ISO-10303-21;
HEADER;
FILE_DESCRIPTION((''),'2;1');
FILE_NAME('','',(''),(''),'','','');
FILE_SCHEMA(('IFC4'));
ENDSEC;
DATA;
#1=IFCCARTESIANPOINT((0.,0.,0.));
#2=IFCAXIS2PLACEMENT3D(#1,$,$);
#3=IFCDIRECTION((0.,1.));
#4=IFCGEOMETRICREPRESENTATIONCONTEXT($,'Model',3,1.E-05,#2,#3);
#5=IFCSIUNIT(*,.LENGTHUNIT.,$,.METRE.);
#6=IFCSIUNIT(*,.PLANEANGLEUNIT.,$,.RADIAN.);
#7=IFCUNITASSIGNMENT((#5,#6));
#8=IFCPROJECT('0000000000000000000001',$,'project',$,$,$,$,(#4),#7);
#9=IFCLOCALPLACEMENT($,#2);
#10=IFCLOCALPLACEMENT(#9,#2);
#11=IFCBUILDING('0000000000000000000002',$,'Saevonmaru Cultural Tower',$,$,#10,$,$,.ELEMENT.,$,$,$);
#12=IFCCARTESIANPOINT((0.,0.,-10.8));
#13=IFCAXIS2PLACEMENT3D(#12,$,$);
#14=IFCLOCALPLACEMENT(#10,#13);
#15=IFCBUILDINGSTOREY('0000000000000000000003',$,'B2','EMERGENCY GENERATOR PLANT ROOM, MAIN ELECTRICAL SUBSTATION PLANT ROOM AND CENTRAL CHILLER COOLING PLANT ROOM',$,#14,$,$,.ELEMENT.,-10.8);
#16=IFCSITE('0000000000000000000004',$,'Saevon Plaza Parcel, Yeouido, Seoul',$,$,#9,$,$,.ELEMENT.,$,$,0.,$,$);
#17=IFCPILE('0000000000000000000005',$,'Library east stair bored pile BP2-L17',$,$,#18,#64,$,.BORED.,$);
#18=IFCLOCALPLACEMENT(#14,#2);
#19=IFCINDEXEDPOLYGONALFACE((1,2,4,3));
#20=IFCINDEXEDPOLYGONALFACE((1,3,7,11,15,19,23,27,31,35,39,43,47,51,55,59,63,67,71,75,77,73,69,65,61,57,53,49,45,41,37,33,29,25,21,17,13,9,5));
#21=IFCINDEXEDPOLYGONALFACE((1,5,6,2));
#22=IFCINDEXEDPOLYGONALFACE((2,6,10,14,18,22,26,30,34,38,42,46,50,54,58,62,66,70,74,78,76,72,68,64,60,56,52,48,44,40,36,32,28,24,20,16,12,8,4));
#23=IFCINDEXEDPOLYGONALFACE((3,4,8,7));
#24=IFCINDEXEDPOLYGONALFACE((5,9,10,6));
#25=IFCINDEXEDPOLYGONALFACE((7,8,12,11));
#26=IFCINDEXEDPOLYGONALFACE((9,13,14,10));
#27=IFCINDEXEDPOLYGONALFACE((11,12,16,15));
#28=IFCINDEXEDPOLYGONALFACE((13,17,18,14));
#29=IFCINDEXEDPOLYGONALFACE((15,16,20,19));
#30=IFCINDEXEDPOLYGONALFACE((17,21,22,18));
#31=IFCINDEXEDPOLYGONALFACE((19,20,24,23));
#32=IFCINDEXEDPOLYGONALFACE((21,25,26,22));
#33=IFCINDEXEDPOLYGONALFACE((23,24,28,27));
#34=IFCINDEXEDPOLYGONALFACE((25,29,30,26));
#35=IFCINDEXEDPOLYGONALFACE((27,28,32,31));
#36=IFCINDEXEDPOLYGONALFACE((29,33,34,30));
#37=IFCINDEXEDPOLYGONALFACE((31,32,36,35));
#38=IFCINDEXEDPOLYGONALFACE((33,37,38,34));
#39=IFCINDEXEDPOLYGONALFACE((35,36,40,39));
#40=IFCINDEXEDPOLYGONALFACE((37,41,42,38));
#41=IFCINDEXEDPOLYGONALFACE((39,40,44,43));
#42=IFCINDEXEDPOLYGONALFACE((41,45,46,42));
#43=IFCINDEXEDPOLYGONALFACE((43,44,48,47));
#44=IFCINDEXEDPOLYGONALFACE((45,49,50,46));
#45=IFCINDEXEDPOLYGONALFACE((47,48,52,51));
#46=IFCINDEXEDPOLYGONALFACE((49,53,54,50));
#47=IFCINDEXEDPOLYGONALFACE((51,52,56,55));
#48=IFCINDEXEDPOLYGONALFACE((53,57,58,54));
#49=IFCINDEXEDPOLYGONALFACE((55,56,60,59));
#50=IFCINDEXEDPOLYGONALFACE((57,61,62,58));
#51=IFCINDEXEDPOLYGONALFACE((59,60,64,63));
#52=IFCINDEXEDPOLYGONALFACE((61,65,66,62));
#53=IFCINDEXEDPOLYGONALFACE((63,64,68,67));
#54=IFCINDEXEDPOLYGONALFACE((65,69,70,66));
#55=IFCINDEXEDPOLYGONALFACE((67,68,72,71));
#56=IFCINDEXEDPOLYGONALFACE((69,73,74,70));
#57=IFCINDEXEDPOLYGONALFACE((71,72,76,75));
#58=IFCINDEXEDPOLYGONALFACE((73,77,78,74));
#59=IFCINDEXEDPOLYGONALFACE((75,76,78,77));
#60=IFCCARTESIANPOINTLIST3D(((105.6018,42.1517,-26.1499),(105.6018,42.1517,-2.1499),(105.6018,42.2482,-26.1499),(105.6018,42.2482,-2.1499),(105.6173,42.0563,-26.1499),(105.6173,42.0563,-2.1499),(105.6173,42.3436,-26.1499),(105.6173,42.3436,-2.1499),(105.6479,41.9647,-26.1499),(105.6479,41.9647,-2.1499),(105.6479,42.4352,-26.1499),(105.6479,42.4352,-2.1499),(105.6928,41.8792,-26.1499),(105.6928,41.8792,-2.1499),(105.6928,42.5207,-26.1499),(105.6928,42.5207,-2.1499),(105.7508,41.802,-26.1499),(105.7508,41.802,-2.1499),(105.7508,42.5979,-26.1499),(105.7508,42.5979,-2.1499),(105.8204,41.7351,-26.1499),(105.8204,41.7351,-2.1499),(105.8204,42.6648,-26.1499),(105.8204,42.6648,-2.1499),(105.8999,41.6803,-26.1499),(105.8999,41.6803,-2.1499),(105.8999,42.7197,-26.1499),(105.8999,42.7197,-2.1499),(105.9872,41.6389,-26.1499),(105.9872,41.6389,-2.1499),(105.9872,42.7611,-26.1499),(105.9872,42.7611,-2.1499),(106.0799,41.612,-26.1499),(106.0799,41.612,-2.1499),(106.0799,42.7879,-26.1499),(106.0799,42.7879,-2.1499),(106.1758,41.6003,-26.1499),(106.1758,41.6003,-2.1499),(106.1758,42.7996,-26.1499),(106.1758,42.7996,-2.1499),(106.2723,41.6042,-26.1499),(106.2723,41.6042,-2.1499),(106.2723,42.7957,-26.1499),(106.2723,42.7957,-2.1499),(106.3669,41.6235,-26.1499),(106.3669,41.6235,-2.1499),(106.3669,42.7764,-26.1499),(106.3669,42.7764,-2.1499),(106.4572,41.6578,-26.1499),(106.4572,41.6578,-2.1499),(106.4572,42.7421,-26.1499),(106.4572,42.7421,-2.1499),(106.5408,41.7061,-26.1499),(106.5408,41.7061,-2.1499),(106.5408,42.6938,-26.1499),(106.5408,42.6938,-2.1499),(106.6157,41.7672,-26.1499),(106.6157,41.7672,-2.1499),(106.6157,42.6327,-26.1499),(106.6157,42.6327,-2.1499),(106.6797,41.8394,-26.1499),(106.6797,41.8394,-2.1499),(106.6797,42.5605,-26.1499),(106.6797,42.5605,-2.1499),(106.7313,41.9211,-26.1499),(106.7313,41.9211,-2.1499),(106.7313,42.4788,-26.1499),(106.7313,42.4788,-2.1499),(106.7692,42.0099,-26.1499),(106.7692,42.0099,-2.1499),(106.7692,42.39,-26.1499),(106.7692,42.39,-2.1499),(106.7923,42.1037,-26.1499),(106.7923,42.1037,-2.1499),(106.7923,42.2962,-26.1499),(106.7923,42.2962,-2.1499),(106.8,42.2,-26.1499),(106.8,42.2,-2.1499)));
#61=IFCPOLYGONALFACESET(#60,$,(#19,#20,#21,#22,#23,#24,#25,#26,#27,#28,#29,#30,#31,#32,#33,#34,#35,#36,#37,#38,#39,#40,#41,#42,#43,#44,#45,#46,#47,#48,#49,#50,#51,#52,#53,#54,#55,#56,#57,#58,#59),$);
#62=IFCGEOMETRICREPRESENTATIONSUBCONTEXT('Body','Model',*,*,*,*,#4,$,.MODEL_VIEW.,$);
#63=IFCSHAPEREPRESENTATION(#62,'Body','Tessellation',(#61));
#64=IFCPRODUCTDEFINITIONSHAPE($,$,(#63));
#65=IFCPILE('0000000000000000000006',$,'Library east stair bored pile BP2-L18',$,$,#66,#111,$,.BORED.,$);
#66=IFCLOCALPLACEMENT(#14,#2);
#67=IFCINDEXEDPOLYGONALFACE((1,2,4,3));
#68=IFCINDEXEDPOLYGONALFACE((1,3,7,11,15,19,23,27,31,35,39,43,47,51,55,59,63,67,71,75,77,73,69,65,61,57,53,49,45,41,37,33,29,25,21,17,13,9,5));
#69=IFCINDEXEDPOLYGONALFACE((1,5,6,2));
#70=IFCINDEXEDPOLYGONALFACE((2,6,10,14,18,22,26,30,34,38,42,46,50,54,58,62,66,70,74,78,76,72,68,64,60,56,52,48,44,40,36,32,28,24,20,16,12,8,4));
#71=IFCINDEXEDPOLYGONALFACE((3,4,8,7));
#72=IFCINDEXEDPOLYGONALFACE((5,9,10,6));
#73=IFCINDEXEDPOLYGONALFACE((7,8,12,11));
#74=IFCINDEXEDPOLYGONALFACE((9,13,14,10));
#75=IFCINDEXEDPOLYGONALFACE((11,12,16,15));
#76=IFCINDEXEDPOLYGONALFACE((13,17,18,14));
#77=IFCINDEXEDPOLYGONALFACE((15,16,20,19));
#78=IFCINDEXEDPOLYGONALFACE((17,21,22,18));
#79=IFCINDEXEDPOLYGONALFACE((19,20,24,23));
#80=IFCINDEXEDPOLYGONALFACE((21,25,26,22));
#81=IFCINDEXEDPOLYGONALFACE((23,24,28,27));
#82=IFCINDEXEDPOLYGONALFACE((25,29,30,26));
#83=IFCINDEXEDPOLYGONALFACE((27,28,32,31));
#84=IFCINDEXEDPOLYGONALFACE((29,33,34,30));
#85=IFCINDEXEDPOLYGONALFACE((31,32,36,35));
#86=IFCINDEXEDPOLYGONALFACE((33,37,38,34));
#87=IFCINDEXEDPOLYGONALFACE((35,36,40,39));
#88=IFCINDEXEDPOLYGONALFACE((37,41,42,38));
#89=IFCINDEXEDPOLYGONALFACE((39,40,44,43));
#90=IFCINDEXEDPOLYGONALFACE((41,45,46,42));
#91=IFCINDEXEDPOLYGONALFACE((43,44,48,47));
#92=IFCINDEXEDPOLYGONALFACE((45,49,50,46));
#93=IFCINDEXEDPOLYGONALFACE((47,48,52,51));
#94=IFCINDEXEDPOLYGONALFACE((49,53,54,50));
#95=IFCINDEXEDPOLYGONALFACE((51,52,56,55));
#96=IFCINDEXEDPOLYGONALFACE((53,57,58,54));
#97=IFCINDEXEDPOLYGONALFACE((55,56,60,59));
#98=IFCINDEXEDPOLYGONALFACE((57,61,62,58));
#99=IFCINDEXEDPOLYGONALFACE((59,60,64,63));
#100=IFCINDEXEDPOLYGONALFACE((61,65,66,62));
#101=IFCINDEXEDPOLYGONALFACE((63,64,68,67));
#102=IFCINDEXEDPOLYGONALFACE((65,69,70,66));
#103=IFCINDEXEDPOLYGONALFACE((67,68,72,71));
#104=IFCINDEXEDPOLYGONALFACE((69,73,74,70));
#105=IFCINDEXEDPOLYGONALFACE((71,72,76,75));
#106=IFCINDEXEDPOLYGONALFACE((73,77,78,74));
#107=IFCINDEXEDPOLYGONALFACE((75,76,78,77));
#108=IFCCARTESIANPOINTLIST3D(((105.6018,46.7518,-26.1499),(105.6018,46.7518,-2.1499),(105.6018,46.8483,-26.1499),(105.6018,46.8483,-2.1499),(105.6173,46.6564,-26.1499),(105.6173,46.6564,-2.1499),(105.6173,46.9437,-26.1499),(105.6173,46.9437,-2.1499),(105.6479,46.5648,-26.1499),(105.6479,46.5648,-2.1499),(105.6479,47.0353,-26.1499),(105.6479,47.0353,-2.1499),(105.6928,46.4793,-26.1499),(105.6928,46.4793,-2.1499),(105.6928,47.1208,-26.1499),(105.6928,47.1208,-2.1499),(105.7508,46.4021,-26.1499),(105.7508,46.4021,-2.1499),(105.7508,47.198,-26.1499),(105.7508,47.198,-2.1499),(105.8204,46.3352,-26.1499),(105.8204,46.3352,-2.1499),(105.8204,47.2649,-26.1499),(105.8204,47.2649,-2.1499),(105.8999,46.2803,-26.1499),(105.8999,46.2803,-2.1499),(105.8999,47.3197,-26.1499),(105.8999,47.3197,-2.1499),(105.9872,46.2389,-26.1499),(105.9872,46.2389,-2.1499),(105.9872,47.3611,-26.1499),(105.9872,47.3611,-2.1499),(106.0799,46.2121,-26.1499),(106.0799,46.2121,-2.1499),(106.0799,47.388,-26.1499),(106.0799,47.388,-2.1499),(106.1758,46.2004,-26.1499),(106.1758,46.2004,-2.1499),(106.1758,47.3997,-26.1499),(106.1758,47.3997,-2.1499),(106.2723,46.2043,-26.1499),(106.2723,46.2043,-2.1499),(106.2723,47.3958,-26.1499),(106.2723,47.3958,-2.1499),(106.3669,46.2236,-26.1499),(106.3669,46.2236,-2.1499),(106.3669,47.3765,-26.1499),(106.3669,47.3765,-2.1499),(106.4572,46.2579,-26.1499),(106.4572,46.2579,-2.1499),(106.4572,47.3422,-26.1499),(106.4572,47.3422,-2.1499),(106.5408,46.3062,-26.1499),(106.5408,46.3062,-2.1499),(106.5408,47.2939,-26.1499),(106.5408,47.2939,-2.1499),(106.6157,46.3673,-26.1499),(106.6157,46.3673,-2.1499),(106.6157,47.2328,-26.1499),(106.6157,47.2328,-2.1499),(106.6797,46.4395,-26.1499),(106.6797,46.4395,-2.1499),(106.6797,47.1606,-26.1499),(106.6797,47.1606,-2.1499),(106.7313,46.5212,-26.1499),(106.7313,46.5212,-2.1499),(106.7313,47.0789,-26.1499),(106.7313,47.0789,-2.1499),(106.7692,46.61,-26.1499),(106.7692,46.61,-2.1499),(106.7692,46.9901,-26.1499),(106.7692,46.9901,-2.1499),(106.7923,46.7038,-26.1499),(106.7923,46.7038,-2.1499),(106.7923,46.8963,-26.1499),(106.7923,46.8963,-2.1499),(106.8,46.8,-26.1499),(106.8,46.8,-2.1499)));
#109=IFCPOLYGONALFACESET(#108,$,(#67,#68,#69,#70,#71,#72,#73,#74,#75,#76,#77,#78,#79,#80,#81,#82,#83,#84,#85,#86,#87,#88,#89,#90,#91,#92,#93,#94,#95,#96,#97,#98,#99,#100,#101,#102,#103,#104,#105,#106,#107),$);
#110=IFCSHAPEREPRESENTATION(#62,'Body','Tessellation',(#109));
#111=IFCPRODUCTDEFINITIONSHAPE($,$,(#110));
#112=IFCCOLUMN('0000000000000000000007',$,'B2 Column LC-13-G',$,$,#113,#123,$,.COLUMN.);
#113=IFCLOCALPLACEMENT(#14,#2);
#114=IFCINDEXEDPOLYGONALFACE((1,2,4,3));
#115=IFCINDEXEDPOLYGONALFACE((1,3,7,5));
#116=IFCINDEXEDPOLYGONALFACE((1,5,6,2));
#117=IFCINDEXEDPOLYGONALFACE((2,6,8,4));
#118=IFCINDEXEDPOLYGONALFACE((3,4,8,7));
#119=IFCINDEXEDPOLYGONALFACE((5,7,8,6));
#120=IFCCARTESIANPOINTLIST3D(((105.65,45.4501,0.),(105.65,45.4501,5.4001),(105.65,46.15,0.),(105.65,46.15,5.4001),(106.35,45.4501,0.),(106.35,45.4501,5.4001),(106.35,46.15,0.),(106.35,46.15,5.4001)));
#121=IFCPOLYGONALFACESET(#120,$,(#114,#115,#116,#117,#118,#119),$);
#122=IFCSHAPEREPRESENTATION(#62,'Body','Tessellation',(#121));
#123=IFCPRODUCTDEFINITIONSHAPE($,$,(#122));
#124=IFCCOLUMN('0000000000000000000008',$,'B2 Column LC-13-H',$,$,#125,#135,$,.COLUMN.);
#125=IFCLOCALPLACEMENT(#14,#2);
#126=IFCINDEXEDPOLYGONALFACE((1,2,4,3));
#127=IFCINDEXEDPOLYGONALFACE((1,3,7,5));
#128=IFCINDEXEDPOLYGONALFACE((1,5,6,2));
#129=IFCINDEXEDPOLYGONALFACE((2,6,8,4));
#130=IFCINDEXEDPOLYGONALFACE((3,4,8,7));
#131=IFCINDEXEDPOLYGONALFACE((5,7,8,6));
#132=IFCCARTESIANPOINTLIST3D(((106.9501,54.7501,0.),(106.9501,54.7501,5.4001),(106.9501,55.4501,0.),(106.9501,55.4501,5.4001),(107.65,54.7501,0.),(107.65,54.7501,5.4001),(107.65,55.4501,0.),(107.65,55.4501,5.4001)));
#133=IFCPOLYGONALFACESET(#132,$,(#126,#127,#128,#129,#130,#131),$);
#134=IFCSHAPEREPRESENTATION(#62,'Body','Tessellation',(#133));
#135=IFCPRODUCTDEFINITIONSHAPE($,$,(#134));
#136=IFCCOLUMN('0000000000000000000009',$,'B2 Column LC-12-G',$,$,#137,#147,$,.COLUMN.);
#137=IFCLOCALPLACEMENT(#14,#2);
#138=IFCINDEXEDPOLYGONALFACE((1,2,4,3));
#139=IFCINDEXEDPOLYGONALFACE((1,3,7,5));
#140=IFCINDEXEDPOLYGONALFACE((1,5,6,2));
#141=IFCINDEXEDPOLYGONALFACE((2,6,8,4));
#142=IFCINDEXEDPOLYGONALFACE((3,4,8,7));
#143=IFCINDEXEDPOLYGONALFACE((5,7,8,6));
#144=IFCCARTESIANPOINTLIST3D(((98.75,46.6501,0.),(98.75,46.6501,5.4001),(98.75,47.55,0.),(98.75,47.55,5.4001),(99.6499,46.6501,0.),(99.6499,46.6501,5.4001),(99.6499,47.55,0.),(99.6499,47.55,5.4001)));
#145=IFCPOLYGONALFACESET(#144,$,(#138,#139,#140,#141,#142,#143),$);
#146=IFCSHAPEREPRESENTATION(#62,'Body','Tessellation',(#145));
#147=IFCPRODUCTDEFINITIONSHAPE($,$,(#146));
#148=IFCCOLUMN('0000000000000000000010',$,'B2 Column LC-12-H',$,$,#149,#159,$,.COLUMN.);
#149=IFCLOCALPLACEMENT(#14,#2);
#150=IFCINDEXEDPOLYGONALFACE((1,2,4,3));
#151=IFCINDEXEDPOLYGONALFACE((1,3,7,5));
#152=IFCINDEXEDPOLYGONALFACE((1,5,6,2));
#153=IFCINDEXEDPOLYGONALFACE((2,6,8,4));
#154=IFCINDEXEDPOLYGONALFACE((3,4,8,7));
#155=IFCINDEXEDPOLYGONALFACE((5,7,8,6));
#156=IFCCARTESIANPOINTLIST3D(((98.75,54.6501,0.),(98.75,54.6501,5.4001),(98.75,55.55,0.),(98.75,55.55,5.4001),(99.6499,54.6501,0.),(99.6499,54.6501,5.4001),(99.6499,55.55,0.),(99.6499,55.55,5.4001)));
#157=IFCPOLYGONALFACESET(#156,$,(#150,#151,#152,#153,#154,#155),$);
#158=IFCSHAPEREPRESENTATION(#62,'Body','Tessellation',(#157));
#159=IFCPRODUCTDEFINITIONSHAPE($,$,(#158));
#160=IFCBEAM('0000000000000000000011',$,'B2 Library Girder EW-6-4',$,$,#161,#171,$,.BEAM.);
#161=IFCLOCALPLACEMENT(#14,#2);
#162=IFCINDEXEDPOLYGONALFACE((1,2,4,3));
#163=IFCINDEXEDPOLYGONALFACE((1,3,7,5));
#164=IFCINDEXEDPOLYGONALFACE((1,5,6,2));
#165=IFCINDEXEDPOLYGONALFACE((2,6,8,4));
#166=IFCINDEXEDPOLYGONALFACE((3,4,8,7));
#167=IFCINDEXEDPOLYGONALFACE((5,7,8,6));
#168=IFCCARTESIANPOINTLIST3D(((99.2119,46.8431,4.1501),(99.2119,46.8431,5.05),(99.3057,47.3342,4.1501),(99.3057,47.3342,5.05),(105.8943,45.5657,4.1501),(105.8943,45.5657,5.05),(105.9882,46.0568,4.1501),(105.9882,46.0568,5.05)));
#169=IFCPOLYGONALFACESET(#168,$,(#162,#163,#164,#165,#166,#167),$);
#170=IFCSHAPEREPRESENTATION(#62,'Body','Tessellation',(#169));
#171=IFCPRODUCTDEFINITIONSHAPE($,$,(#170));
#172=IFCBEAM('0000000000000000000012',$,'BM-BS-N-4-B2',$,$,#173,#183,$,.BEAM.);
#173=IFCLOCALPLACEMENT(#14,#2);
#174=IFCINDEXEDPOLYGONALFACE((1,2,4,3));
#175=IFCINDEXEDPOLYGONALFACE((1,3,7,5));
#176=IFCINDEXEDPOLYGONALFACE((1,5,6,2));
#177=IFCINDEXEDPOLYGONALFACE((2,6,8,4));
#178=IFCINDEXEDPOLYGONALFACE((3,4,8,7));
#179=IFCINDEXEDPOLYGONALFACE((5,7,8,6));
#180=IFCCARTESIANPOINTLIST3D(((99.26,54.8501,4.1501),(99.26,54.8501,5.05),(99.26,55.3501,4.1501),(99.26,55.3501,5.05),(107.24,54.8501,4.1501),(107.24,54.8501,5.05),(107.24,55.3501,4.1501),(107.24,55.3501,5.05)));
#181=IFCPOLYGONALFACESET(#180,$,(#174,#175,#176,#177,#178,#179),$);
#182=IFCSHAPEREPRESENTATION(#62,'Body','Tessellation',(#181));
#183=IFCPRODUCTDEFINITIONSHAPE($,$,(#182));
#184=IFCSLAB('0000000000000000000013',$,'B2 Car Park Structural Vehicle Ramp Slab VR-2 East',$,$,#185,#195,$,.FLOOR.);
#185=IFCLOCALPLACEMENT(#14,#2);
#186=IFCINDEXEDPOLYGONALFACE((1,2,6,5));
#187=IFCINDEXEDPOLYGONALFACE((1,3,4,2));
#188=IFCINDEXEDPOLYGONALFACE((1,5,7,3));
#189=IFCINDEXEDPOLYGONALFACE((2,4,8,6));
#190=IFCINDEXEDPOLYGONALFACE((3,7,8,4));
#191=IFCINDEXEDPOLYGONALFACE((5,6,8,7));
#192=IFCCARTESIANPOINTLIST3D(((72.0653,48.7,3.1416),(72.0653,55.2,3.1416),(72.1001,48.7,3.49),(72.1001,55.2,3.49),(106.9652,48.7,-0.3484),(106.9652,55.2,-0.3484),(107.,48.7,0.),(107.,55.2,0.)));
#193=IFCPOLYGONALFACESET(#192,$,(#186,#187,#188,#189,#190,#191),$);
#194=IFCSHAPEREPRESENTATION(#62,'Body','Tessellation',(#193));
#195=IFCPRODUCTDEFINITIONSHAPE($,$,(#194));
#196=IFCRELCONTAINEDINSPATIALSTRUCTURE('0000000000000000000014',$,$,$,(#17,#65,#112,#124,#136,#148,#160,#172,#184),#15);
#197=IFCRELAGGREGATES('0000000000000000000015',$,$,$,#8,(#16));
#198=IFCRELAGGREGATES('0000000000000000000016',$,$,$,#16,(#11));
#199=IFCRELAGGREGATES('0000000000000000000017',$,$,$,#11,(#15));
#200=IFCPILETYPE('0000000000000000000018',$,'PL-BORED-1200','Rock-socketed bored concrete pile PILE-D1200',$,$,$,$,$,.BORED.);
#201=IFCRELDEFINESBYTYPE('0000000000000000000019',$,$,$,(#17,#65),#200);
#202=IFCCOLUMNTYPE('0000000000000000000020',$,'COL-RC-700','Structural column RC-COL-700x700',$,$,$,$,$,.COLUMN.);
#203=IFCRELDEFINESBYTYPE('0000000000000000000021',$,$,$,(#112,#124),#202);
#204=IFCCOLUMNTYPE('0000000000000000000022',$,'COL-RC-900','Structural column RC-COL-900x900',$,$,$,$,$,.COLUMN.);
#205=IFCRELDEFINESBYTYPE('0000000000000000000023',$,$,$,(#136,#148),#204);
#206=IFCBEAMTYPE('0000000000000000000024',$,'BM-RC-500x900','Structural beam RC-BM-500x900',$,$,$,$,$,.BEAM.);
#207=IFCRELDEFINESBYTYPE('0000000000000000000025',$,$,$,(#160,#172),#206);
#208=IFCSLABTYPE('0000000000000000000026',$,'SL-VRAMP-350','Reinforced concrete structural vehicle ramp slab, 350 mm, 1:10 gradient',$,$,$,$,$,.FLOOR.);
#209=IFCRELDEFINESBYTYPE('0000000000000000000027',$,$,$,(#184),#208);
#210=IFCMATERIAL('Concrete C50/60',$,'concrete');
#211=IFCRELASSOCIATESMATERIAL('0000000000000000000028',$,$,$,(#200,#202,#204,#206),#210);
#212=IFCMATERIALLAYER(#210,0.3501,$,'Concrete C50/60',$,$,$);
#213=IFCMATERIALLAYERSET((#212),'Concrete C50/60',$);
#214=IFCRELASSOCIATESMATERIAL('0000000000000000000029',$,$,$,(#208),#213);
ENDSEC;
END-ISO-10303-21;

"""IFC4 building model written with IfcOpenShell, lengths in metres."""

from ifc_helpers import new_model, si_unit, direction, frame, origin, origin_2d, place, context, subcontext, project, spatial, polyline, rectangle, circle, outline, extrude, material, layer, layer_set, material_profile, profile_set, type_object, element, save


model = new_model("IFC4")

# Units and contexts
model_context = context("Model", 3, precision=1e-05, world=origin(), true_north=direction((0.0, 1.0)))
body_context = subcontext(model_context, "Body", "Model", "MODEL_VIEW")
ifc_project = project(units=[si_unit("LENGTHUNIT", "METRE"), si_unit("PLANEANGLEUNIT", "RADIAN")], contexts=[model_context])

# Site, building, storey
site_placement = place(None, origin())
site = spatial("IfcSite", under=ifc_project, at=site_placement, Name="Saevon Plaza Parcel, Yeouido, Seoul", CompositionType="ELEMENT", RefElevation=0.0)
building_placement = place(site_placement, origin())
building = spatial("IfcBuilding", under=site, at=building_placement, Name="Saevonmaru Cultural Tower", CompositionType="ELEMENT")
storey_placement = place(building_placement, frame((0.0, 0.0, -10.8)))
storey = spatial("IfcBuildingStorey", under=building, at=storey_placement, Name="B2", Description="EMERGENCY GENERATOR PLANT ROOM, MAIN ELECTRICAL SUBSTATION PLANT ROOM AND CENTRAL CHILLER COOLING PLANT ROOM", CompositionType="ELEMENT", Elevation=-10.8)

# Shared definitions
ifc_material_1 = material(Name="Concrete C50/60", Category="concrete")

# Piles
ifc_material_profile_1 = material_profile(ifc_material_1, circle(Radius=0.6001, at=origin_2d()), Name="PILE-D1200")
ifc_profile_set_1 = profile_set([ifc_material_profile_1], Name="Concrete C50/60")
pile_type_1 = type_object("IfcPileType", Name="PL-BORED-1200", Description="Rock-socketed bored concrete pile PILE-D1200", PredefinedType="BORED", material=ifc_profile_set_1)
for number, where, z_axis, x_axis, name in (
    (1, (106.2, 42.2, -2.1499), (0.0, 0.0, -1.0), (1.0, 0.0, 0.0), "Library east stair bored pile BP2-L17"),
    (2, (106.2, 46.8, -2.1499), (0.0, 0.0, -1.0), (1.0, 0.0, 0.0), "Library east stair bored pile BP2-L18"),
):
    element("IfcPile", number, at=place(storey_placement, frame(where, z_axis=z_axis, x_axis=x_axis)), inside=storey, type_object=pile_type_1, Name=name, PredefinedType="BORED", context=body_context, shape_type="SweptSolid", body=[
        extrude(circle(Radius=0.6001, at=origin_2d()), origin(), (0.0, 0.0, 1.0), 24.0),
    ])

# Columns
ifc_material_profile_2 = material_profile(ifc_material_1, rectangle(XDim=0.7, YDim=0.7, at=origin_2d()), Name="RC-COL-700x700")
ifc_profile_set_2 = profile_set([ifc_material_profile_2], Name="Concrete C50/60")
column_type_1 = type_object("IfcColumnType", Name="COL-RC-700", Description="Structural column RC-COL-700x700", PredefinedType="COLUMN", material=ifc_profile_set_2)
for number, where, z_axis, x_axis, name in (
    (3, (106.0, 45.8, 0.0), (0.0, 0.0, 1.0), (1.0, 0.0, 0.0), "B2 Column LC-13-G"),
    (4, (107.3, 55.1001, 0.0), (0.0, 0.0, 1.0), (1.0, 0.0, 0.0), "B2 Column LC-13-H"),
):
    element("IfcColumn", number, at=place(storey_placement, frame(where, z_axis=z_axis, x_axis=x_axis)), inside=storey, type_object=column_type_1, Name=name, PredefinedType="COLUMN", context=body_context, shape_type="SweptSolid", body=[
        extrude(rectangle(XDim=0.7, YDim=0.7, at=origin_2d()), origin(), (0.0, 0.0, 1.0), 5.4001),
    ])
ifc_material_profile_3 = material_profile(ifc_material_1, rectangle(XDim=0.8999, YDim=0.8999, at=origin_2d()), Name="RC-COL-900x900")
ifc_profile_set_3 = profile_set([ifc_material_profile_3], Name="Concrete C50/60")
column_type_2 = type_object("IfcColumnType", Name="COL-RC-900", Description="Structural column RC-COL-900x900", PredefinedType="COLUMN", material=ifc_profile_set_3)
for number, where, z_axis, x_axis, name in (
    (5, (99.2, 47.1001, 0.0), (0.0, 0.0, 1.0), (1.0, 0.0, 0.0), "B2 Column LC-12-G"),
    (6, (99.2, 55.1001, 0.0), (0.0, 0.0, 1.0), (1.0, 0.0, 0.0), "B2 Column LC-12-H"),
):
    element("IfcColumn", number, at=place(storey_placement, frame(where, z_axis=z_axis, x_axis=x_axis)), inside=storey, type_object=column_type_2, Name=name, PredefinedType="COLUMN", context=body_context, shape_type="SweptSolid", body=[
        extrude(rectangle(XDim=0.8999, YDim=0.8999, at=origin_2d()), origin(), (0.0, 0.0, 1.0), 5.4001),
    ])

# Beams
ifc_material_profile_4 = material_profile(ifc_material_1, rectangle(XDim=0.5, YDim=0.8999, at=origin_2d()), Name="RC-BM-500x900")
ifc_profile_set_4 = profile_set([ifc_material_profile_4], Name="Concrete C50/60")
beam_type = type_object("IfcBeamType", Name="BM-RC-500x900", Description="Structural beam RC-BM-500x900", PredefinedType="BEAM", material=ifc_profile_set_4)
beam_1_placement = place(storey_placement, frame((99.2588, 47.0886, 4.6001), z_axis=(0.982216, -0.187752, 0.0), x_axis=(0.187752, 0.982216, 0.0)))
element("IfcBeam", 7, at=beam_1_placement, inside=storey, type_object=beam_type, Name="B2 Library Girder EW-6-4", PredefinedType="BEAM", context=body_context, shape_type="SweptSolid", body=[
    extrude(rectangle(XDim=0.5, YDim=0.8999, at=origin_2d()), origin(), (0.0, 0.0, 1.0), 6.8035),
])
beam_2_placement = place(storey_placement, frame((99.26, 55.1001, 4.6001), z_axis=(1.0, 0.0, 0.0), x_axis=(0.0, 1.0, 0.0)))
element("IfcBeam", 8, at=beam_2_placement, inside=storey, type_object=beam_type, Name="BM-BS-N-4-B2", PredefinedType="BEAM", context=body_context, shape_type="SweptSolid", body=[
    extrude(rectangle(XDim=0.5, YDim=0.8999, at=origin_2d()), origin(), (0.0, 0.0, 1.0), 7.98),
])

# Slab
ifc_layer_1 = layer(ifc_material_1, 0.3501, Name="Concrete C50/60")
ifc_layer_set_1 = layer_set([ifc_layer_1], Name="Concrete C50/60")
slab_type = type_object("IfcSlabType", Name="SL-VRAMP-350", Description="Reinforced concrete structural vehicle ramp slab, 350 mm, 1:10 gradient", PredefinedType="FLOOR", material=ifc_layer_set_1)
slab_placement = place(storey_placement, frame((107.0, 48.7, 0.0), z_axis=(0.099504, 0.0, 0.995037), x_axis=(-0.995037, 0.0, 0.099504)))
element("IfcSlab", 9, at=slab_placement, inside=storey, type_object=slab_type, Name="B2 Car Park Structural Vehicle Ramp Slab VR-2 East", PredefinedType="FLOOR", context=body_context, shape_type="SweptSolid", body=[
    extrude(outline(polyline([(0.0, 0.0), (35.074, 0.0), (35.074, -6.5), (0.0, -6.5), (0.0, 0.0)])), origin(), (0.0, 0.0, -1.0), 0.3501),
])

save(model, "model.ifc")
